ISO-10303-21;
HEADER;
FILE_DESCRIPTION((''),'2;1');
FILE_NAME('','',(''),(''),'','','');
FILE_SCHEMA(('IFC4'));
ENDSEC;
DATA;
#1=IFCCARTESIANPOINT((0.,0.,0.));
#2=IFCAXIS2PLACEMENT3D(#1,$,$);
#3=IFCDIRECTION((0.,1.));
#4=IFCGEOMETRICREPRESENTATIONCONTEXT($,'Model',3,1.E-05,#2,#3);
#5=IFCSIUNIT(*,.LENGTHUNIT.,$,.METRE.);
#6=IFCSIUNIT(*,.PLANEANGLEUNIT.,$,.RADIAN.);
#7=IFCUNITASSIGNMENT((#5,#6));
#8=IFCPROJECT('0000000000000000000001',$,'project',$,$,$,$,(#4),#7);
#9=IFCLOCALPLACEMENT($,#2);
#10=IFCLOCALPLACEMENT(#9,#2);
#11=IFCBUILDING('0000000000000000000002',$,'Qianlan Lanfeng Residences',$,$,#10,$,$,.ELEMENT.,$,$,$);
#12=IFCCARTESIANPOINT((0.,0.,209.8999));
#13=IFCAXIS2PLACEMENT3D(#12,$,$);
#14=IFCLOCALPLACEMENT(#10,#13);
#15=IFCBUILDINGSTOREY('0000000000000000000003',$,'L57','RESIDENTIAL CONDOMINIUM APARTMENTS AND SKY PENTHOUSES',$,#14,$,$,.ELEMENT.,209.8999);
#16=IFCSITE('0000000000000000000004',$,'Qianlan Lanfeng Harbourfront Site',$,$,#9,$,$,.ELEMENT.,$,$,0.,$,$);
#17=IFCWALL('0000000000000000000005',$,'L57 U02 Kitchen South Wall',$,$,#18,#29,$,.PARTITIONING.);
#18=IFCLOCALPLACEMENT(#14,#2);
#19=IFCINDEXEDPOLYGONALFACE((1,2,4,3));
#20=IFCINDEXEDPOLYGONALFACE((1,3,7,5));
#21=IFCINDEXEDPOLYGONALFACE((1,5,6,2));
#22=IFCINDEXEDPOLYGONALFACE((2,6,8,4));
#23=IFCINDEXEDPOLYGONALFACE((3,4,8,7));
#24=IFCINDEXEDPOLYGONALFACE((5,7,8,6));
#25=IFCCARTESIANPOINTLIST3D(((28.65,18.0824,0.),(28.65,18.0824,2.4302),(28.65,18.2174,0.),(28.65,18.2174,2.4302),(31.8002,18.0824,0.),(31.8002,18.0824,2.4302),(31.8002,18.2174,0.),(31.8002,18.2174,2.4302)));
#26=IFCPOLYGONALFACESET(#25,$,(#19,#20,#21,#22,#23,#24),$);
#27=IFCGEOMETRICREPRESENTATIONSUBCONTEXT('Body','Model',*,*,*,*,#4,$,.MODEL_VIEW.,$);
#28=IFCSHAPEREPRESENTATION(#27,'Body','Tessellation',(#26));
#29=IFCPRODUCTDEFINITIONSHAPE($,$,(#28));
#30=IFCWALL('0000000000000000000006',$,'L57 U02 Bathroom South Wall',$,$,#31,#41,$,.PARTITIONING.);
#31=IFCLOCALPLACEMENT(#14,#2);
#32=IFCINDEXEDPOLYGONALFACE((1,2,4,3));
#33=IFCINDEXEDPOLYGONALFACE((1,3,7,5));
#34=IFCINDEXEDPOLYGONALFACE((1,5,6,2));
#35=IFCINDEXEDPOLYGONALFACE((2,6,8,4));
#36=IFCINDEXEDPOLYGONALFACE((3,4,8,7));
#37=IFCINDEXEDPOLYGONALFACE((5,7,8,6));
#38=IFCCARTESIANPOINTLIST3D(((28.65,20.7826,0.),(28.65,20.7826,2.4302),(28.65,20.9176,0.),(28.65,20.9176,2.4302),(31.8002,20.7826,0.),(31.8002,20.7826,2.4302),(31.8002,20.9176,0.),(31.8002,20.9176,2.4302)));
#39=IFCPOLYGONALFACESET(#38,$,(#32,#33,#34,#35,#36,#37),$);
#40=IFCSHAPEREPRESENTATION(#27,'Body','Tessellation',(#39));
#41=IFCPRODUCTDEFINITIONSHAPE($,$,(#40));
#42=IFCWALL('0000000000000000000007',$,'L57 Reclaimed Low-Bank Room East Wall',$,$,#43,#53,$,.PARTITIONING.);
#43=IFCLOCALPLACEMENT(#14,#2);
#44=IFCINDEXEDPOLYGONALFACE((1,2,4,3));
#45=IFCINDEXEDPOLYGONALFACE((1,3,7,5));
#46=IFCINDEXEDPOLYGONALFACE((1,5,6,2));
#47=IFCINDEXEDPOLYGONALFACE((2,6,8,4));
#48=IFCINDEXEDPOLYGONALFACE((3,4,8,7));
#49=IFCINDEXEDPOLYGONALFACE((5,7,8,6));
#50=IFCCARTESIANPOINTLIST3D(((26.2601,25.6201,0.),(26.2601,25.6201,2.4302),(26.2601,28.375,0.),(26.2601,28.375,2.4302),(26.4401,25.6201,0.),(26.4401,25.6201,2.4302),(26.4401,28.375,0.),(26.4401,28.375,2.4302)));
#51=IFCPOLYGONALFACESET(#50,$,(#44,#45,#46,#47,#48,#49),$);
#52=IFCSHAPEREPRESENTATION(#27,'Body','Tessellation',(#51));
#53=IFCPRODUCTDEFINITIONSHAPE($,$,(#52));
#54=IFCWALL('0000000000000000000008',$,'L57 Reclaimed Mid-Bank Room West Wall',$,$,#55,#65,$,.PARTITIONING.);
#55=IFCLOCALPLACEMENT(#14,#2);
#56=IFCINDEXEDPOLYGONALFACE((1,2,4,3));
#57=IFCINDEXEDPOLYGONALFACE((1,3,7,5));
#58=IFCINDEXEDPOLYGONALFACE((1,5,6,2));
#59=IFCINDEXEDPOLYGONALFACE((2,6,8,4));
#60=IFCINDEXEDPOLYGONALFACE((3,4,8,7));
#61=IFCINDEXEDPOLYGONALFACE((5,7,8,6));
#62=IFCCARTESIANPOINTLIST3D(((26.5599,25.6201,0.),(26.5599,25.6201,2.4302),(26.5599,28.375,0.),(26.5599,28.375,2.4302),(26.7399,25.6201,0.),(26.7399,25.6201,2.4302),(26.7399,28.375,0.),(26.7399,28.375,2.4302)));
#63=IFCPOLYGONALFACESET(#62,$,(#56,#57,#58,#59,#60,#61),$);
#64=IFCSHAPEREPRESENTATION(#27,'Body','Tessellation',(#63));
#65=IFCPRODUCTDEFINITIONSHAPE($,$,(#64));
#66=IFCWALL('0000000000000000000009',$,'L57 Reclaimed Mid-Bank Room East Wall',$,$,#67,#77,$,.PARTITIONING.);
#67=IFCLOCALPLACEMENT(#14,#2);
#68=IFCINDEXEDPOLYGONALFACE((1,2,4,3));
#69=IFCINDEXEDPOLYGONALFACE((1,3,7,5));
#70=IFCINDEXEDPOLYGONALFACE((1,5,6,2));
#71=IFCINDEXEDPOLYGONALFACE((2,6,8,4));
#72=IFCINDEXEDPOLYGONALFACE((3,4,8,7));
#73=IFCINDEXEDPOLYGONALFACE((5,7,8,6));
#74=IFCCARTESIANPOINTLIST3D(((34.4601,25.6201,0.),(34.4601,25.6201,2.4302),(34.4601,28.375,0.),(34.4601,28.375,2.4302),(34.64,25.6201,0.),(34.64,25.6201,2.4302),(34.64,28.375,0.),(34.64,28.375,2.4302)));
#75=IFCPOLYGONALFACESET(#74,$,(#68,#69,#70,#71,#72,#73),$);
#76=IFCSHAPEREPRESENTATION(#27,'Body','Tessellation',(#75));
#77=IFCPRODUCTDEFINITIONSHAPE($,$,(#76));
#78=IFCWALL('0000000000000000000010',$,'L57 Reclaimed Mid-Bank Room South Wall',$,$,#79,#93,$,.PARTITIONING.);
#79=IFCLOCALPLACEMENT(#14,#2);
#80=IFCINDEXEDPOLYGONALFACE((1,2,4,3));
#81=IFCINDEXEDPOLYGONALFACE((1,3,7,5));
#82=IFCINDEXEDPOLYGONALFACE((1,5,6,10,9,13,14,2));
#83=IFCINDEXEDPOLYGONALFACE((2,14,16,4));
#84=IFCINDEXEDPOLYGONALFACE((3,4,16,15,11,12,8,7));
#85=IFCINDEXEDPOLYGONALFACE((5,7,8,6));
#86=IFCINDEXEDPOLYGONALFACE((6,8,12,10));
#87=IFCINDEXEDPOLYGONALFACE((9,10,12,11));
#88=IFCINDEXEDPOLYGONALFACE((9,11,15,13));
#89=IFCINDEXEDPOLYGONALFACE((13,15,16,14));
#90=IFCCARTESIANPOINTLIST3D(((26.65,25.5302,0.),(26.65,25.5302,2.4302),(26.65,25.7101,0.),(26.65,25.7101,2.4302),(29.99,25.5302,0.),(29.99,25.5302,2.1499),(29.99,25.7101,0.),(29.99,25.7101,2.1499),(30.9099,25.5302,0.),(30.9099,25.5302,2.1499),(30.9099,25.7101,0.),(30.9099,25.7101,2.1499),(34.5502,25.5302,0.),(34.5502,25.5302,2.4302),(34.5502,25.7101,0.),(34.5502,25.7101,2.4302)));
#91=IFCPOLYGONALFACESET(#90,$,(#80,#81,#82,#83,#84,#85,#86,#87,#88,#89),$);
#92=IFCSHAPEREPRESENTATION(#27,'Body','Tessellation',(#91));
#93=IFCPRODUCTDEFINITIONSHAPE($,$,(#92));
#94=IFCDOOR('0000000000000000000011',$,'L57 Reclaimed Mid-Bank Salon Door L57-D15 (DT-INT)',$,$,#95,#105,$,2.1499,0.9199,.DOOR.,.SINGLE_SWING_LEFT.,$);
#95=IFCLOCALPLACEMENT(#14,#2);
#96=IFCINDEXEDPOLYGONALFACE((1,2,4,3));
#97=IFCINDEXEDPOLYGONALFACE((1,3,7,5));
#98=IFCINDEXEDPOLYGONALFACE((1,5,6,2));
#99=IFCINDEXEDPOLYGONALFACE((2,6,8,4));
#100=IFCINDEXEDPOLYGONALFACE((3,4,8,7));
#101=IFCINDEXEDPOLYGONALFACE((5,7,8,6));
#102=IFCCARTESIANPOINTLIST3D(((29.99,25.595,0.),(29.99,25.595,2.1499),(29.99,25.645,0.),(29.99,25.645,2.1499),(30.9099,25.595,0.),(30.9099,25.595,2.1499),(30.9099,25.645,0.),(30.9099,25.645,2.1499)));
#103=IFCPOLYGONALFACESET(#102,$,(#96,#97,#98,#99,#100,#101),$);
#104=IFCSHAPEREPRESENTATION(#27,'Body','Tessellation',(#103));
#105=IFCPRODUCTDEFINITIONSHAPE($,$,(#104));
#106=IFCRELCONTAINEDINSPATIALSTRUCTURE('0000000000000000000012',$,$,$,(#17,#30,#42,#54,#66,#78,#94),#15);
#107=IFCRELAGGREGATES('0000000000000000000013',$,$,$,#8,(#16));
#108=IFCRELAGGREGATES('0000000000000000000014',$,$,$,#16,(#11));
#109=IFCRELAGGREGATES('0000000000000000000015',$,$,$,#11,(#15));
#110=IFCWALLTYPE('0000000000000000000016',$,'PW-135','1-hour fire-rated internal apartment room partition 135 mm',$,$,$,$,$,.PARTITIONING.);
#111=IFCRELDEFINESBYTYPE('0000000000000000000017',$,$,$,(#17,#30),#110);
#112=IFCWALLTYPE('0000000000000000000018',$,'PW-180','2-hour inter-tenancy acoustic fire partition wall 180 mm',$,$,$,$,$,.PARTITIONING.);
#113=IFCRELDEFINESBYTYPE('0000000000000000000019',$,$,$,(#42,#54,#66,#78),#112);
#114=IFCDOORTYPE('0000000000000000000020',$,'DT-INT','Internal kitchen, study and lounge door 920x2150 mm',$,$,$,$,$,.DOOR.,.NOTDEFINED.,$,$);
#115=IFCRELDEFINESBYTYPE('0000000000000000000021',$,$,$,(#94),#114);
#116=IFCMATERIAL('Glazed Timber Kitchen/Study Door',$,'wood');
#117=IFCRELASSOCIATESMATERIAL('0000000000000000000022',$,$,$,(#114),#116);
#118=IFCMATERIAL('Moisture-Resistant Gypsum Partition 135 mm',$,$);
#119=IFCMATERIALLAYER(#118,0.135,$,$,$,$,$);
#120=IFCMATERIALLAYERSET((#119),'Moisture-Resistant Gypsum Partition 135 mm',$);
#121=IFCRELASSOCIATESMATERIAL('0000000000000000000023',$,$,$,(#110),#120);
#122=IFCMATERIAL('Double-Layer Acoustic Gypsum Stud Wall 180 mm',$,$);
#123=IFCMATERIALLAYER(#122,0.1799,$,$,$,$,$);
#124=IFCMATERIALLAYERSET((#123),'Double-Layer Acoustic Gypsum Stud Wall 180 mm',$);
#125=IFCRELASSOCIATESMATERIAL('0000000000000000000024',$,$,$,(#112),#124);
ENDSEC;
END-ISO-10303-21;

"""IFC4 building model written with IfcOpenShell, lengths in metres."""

from ifc_helpers import new_model, si_unit, direction, frame, frame_2d, origin, place, context, subcontext, project, spatial, rectangle, extrude, material, layer, layer_set, type_object, element, fill, save


model = new_model("IFC4")

# Units and contexts
model_context = context("Model", 3, precision=1e-05, world=origin(), true_north=direction((0.0, 1.0)))
body_context = subcontext(model_context, "Body", "Model", "MODEL_VIEW")
ifc_project = project(units=[si_unit("LENGTHUNIT", "METRE"), si_unit("PLANEANGLEUNIT", "RADIAN")], contexts=[model_context])

# Site, building, storey
site_placement = place(None, origin())
site = spatial("IfcSite", under=ifc_project, at=site_placement, Name="Qianlan Lanfeng Harbourfront Site", CompositionType="ELEMENT", RefElevation=0.0)
building_placement = place(site_placement, origin())
building = spatial("IfcBuilding", under=site, at=building_placement, Name="Qianlan Lanfeng Residences", CompositionType="ELEMENT")
storey_placement = place(building_placement, frame((0.0, 0.0, 209.8999)))
storey = spatial("IfcBuildingStorey", under=building, at=storey_placement, Name="L57", Description="RESIDENTIAL CONDOMINIUM APARTMENTS AND SKY PENTHOUSES", CompositionType="ELEMENT", Elevation=209.8999)

# Shared definitions
ifc_material_1 = material(Name="Glazed Timber Kitchen/Study Door", Category="wood")
door_type_1 = type_object("IfcDoorType", Name="DT-INT", Description="Internal kitchen, study and lounge door 920x2150 mm", OperationType="NOTDEFINED", PredefinedType="DOOR", material=ifc_material_1)

# Walls
ifc_material_2 = material(Name="Moisture-Resistant Gypsum Partition 135 mm")
ifc_layer_1 = layer(ifc_material_2, 0.135)
ifc_layer_set_1 = layer_set([ifc_layer_1], Name="Moisture-Resistant Gypsum Partition 135 mm")
wall_type_1 = type_object("IfcWallType", Name="PW-135", Description="1-hour fire-rated internal apartment room partition 135 mm", PredefinedType="PARTITIONING", material=ifc_layer_set_1)
for number, where, z_axis, x_axis, name in (
    (1, (28.6499, 18.1499, 0.0), (0.0, 0.0, 1.0), (1.0, 0.0, 0.0), "L57 U02 Kitchen South Wall"),
    (2, (28.6499, 20.8501, 0.0), (0.0, 0.0, 1.0), (1.0, 0.0, 0.0), "L57 U02 Bathroom South Wall"),
):
    element("IfcWall", number, at=place(storey_placement, frame(where, z_axis=z_axis, x_axis=x_axis)), inside=storey, type_object=wall_type_1, Name=name, PredefinedType="PARTITIONING", context=body_context, shape_type="SweptSolid", body=[
        extrude(rectangle(XDim=3.1501, YDim=0.135, at=frame_2d((1.5752, 0.0))), origin(), (0.0, 0.0, 1.0), 2.4302),
    ])

# Shared definitions
ifc_material_3 = material(Name="Double-Layer Acoustic Gypsum Stud Wall 180 mm")
ifc_layer_2 = layer(ifc_material_3, 0.1799)
ifc_layer_set_2 = layer_set([ifc_layer_2], Name="Double-Layer Acoustic Gypsum Stud Wall 180 mm")
wall_type_2 = type_object("IfcWallType", Name="PW-180", Description="2-hour inter-tenancy acoustic fire partition wall 180 mm", PredefinedType="PARTITIONING", material=ifc_layer_set_2)

# Walls
for number, where, z_axis, x_axis, name in (
    (3, (26.3501, 25.6201, 0.0), (0.0, 0.0, 1.0), (0.0, 1.0, 0.0), "L57 Reclaimed Low-Bank Room East Wall"),
    (4, (26.6499, 25.6201, 0.0), (0.0, 0.0, 1.0), (0.0, 1.0, 0.0), "L57 Reclaimed Mid-Bank Room West Wall"),
    (5, (34.55, 25.6201, 0.0), (0.0, 0.0, 1.0), (0.0, 1.0, 0.0), "L57 Reclaimed Mid-Bank Room East Wall"),
):
    element("IfcWall", number, at=place(storey_placement, frame(where, z_axis=z_axis, x_axis=x_axis)), inside=storey, type_object=wall_type_2, Name=name, PredefinedType="PARTITIONING", context=body_context, shape_type="SweptSolid", body=[
        extrude(rectangle(XDim=2.7549, YDim=0.1799, at=frame_2d((1.3774, 0.0))), origin(), (0.0, 0.0, 1.0), 2.4302),
    ])

# Wall, opening, door
wall_1_placement = place(storey_placement, frame((26.6499, 25.6201, 0.0), z_axis=(0.0, 0.0, 1.0), x_axis=(1.0, 0.0, 0.0)))
wall_1 = element("IfcWall", 6, at=wall_1_placement, inside=storey, type_object=wall_type_2, Name="L57 Reclaimed Mid-Bank Room South Wall", PredefinedType="PARTITIONING", context=body_context, shape_type="SweptSolid", body=[
    extrude(rectangle(XDim=7.9001, YDim=0.1799, at=frame_2d((3.9502, 0.0))), origin(), (0.0, 0.0, 1.0), 2.4302),
])
opening_1_placement = place(wall_1_placement, frame((3.3401, 0.0, 0.0)))
opening_1 = element("IfcOpeningElement", 7, at=opening_1_placement, cuts=wall_1, PredefinedType="OPENING", context=body_context, shape_type="SweptSolid", body=[
    extrude(rectangle(XDim=0.9199, YDim=2.1499, at=frame_2d((0.46, 1.075))), frame((0.0, 0.1001, 0.0), z_axis=(0.0, -1.0, 0.0), x_axis=(1.0, 0.0, 0.0)), (0.0, 0.0, 1.0), 0.2),
])
door_1_placement = place(opening_1_placement, origin())
door_1 = element("IfcDoor", 8, at=door_1_placement, inside=storey, type_object=door_type_1, Name="L57 Reclaimed Mid-Bank Salon Door L57-D15 (DT-INT)", OperationType="SINGLE_SWING_LEFT", OverallHeight=2.1499, OverallWidth=0.9199, PredefinedType="DOOR", context=body_context, shape_type="SweptSolid", body=[
    extrude(rectangle(XDim=0.9199, YDim=2.1499, at=frame_2d((0.46, 1.075))), frame((0.0, 0.0249, 0.0), z_axis=(0.0, -1.0, 0.0), x_axis=(1.0, 0.0, 0.0)), (0.0, 0.0, 1.0), 0.05),
])
fill(opening_1, door_1)

save(model, "model.ifc")
